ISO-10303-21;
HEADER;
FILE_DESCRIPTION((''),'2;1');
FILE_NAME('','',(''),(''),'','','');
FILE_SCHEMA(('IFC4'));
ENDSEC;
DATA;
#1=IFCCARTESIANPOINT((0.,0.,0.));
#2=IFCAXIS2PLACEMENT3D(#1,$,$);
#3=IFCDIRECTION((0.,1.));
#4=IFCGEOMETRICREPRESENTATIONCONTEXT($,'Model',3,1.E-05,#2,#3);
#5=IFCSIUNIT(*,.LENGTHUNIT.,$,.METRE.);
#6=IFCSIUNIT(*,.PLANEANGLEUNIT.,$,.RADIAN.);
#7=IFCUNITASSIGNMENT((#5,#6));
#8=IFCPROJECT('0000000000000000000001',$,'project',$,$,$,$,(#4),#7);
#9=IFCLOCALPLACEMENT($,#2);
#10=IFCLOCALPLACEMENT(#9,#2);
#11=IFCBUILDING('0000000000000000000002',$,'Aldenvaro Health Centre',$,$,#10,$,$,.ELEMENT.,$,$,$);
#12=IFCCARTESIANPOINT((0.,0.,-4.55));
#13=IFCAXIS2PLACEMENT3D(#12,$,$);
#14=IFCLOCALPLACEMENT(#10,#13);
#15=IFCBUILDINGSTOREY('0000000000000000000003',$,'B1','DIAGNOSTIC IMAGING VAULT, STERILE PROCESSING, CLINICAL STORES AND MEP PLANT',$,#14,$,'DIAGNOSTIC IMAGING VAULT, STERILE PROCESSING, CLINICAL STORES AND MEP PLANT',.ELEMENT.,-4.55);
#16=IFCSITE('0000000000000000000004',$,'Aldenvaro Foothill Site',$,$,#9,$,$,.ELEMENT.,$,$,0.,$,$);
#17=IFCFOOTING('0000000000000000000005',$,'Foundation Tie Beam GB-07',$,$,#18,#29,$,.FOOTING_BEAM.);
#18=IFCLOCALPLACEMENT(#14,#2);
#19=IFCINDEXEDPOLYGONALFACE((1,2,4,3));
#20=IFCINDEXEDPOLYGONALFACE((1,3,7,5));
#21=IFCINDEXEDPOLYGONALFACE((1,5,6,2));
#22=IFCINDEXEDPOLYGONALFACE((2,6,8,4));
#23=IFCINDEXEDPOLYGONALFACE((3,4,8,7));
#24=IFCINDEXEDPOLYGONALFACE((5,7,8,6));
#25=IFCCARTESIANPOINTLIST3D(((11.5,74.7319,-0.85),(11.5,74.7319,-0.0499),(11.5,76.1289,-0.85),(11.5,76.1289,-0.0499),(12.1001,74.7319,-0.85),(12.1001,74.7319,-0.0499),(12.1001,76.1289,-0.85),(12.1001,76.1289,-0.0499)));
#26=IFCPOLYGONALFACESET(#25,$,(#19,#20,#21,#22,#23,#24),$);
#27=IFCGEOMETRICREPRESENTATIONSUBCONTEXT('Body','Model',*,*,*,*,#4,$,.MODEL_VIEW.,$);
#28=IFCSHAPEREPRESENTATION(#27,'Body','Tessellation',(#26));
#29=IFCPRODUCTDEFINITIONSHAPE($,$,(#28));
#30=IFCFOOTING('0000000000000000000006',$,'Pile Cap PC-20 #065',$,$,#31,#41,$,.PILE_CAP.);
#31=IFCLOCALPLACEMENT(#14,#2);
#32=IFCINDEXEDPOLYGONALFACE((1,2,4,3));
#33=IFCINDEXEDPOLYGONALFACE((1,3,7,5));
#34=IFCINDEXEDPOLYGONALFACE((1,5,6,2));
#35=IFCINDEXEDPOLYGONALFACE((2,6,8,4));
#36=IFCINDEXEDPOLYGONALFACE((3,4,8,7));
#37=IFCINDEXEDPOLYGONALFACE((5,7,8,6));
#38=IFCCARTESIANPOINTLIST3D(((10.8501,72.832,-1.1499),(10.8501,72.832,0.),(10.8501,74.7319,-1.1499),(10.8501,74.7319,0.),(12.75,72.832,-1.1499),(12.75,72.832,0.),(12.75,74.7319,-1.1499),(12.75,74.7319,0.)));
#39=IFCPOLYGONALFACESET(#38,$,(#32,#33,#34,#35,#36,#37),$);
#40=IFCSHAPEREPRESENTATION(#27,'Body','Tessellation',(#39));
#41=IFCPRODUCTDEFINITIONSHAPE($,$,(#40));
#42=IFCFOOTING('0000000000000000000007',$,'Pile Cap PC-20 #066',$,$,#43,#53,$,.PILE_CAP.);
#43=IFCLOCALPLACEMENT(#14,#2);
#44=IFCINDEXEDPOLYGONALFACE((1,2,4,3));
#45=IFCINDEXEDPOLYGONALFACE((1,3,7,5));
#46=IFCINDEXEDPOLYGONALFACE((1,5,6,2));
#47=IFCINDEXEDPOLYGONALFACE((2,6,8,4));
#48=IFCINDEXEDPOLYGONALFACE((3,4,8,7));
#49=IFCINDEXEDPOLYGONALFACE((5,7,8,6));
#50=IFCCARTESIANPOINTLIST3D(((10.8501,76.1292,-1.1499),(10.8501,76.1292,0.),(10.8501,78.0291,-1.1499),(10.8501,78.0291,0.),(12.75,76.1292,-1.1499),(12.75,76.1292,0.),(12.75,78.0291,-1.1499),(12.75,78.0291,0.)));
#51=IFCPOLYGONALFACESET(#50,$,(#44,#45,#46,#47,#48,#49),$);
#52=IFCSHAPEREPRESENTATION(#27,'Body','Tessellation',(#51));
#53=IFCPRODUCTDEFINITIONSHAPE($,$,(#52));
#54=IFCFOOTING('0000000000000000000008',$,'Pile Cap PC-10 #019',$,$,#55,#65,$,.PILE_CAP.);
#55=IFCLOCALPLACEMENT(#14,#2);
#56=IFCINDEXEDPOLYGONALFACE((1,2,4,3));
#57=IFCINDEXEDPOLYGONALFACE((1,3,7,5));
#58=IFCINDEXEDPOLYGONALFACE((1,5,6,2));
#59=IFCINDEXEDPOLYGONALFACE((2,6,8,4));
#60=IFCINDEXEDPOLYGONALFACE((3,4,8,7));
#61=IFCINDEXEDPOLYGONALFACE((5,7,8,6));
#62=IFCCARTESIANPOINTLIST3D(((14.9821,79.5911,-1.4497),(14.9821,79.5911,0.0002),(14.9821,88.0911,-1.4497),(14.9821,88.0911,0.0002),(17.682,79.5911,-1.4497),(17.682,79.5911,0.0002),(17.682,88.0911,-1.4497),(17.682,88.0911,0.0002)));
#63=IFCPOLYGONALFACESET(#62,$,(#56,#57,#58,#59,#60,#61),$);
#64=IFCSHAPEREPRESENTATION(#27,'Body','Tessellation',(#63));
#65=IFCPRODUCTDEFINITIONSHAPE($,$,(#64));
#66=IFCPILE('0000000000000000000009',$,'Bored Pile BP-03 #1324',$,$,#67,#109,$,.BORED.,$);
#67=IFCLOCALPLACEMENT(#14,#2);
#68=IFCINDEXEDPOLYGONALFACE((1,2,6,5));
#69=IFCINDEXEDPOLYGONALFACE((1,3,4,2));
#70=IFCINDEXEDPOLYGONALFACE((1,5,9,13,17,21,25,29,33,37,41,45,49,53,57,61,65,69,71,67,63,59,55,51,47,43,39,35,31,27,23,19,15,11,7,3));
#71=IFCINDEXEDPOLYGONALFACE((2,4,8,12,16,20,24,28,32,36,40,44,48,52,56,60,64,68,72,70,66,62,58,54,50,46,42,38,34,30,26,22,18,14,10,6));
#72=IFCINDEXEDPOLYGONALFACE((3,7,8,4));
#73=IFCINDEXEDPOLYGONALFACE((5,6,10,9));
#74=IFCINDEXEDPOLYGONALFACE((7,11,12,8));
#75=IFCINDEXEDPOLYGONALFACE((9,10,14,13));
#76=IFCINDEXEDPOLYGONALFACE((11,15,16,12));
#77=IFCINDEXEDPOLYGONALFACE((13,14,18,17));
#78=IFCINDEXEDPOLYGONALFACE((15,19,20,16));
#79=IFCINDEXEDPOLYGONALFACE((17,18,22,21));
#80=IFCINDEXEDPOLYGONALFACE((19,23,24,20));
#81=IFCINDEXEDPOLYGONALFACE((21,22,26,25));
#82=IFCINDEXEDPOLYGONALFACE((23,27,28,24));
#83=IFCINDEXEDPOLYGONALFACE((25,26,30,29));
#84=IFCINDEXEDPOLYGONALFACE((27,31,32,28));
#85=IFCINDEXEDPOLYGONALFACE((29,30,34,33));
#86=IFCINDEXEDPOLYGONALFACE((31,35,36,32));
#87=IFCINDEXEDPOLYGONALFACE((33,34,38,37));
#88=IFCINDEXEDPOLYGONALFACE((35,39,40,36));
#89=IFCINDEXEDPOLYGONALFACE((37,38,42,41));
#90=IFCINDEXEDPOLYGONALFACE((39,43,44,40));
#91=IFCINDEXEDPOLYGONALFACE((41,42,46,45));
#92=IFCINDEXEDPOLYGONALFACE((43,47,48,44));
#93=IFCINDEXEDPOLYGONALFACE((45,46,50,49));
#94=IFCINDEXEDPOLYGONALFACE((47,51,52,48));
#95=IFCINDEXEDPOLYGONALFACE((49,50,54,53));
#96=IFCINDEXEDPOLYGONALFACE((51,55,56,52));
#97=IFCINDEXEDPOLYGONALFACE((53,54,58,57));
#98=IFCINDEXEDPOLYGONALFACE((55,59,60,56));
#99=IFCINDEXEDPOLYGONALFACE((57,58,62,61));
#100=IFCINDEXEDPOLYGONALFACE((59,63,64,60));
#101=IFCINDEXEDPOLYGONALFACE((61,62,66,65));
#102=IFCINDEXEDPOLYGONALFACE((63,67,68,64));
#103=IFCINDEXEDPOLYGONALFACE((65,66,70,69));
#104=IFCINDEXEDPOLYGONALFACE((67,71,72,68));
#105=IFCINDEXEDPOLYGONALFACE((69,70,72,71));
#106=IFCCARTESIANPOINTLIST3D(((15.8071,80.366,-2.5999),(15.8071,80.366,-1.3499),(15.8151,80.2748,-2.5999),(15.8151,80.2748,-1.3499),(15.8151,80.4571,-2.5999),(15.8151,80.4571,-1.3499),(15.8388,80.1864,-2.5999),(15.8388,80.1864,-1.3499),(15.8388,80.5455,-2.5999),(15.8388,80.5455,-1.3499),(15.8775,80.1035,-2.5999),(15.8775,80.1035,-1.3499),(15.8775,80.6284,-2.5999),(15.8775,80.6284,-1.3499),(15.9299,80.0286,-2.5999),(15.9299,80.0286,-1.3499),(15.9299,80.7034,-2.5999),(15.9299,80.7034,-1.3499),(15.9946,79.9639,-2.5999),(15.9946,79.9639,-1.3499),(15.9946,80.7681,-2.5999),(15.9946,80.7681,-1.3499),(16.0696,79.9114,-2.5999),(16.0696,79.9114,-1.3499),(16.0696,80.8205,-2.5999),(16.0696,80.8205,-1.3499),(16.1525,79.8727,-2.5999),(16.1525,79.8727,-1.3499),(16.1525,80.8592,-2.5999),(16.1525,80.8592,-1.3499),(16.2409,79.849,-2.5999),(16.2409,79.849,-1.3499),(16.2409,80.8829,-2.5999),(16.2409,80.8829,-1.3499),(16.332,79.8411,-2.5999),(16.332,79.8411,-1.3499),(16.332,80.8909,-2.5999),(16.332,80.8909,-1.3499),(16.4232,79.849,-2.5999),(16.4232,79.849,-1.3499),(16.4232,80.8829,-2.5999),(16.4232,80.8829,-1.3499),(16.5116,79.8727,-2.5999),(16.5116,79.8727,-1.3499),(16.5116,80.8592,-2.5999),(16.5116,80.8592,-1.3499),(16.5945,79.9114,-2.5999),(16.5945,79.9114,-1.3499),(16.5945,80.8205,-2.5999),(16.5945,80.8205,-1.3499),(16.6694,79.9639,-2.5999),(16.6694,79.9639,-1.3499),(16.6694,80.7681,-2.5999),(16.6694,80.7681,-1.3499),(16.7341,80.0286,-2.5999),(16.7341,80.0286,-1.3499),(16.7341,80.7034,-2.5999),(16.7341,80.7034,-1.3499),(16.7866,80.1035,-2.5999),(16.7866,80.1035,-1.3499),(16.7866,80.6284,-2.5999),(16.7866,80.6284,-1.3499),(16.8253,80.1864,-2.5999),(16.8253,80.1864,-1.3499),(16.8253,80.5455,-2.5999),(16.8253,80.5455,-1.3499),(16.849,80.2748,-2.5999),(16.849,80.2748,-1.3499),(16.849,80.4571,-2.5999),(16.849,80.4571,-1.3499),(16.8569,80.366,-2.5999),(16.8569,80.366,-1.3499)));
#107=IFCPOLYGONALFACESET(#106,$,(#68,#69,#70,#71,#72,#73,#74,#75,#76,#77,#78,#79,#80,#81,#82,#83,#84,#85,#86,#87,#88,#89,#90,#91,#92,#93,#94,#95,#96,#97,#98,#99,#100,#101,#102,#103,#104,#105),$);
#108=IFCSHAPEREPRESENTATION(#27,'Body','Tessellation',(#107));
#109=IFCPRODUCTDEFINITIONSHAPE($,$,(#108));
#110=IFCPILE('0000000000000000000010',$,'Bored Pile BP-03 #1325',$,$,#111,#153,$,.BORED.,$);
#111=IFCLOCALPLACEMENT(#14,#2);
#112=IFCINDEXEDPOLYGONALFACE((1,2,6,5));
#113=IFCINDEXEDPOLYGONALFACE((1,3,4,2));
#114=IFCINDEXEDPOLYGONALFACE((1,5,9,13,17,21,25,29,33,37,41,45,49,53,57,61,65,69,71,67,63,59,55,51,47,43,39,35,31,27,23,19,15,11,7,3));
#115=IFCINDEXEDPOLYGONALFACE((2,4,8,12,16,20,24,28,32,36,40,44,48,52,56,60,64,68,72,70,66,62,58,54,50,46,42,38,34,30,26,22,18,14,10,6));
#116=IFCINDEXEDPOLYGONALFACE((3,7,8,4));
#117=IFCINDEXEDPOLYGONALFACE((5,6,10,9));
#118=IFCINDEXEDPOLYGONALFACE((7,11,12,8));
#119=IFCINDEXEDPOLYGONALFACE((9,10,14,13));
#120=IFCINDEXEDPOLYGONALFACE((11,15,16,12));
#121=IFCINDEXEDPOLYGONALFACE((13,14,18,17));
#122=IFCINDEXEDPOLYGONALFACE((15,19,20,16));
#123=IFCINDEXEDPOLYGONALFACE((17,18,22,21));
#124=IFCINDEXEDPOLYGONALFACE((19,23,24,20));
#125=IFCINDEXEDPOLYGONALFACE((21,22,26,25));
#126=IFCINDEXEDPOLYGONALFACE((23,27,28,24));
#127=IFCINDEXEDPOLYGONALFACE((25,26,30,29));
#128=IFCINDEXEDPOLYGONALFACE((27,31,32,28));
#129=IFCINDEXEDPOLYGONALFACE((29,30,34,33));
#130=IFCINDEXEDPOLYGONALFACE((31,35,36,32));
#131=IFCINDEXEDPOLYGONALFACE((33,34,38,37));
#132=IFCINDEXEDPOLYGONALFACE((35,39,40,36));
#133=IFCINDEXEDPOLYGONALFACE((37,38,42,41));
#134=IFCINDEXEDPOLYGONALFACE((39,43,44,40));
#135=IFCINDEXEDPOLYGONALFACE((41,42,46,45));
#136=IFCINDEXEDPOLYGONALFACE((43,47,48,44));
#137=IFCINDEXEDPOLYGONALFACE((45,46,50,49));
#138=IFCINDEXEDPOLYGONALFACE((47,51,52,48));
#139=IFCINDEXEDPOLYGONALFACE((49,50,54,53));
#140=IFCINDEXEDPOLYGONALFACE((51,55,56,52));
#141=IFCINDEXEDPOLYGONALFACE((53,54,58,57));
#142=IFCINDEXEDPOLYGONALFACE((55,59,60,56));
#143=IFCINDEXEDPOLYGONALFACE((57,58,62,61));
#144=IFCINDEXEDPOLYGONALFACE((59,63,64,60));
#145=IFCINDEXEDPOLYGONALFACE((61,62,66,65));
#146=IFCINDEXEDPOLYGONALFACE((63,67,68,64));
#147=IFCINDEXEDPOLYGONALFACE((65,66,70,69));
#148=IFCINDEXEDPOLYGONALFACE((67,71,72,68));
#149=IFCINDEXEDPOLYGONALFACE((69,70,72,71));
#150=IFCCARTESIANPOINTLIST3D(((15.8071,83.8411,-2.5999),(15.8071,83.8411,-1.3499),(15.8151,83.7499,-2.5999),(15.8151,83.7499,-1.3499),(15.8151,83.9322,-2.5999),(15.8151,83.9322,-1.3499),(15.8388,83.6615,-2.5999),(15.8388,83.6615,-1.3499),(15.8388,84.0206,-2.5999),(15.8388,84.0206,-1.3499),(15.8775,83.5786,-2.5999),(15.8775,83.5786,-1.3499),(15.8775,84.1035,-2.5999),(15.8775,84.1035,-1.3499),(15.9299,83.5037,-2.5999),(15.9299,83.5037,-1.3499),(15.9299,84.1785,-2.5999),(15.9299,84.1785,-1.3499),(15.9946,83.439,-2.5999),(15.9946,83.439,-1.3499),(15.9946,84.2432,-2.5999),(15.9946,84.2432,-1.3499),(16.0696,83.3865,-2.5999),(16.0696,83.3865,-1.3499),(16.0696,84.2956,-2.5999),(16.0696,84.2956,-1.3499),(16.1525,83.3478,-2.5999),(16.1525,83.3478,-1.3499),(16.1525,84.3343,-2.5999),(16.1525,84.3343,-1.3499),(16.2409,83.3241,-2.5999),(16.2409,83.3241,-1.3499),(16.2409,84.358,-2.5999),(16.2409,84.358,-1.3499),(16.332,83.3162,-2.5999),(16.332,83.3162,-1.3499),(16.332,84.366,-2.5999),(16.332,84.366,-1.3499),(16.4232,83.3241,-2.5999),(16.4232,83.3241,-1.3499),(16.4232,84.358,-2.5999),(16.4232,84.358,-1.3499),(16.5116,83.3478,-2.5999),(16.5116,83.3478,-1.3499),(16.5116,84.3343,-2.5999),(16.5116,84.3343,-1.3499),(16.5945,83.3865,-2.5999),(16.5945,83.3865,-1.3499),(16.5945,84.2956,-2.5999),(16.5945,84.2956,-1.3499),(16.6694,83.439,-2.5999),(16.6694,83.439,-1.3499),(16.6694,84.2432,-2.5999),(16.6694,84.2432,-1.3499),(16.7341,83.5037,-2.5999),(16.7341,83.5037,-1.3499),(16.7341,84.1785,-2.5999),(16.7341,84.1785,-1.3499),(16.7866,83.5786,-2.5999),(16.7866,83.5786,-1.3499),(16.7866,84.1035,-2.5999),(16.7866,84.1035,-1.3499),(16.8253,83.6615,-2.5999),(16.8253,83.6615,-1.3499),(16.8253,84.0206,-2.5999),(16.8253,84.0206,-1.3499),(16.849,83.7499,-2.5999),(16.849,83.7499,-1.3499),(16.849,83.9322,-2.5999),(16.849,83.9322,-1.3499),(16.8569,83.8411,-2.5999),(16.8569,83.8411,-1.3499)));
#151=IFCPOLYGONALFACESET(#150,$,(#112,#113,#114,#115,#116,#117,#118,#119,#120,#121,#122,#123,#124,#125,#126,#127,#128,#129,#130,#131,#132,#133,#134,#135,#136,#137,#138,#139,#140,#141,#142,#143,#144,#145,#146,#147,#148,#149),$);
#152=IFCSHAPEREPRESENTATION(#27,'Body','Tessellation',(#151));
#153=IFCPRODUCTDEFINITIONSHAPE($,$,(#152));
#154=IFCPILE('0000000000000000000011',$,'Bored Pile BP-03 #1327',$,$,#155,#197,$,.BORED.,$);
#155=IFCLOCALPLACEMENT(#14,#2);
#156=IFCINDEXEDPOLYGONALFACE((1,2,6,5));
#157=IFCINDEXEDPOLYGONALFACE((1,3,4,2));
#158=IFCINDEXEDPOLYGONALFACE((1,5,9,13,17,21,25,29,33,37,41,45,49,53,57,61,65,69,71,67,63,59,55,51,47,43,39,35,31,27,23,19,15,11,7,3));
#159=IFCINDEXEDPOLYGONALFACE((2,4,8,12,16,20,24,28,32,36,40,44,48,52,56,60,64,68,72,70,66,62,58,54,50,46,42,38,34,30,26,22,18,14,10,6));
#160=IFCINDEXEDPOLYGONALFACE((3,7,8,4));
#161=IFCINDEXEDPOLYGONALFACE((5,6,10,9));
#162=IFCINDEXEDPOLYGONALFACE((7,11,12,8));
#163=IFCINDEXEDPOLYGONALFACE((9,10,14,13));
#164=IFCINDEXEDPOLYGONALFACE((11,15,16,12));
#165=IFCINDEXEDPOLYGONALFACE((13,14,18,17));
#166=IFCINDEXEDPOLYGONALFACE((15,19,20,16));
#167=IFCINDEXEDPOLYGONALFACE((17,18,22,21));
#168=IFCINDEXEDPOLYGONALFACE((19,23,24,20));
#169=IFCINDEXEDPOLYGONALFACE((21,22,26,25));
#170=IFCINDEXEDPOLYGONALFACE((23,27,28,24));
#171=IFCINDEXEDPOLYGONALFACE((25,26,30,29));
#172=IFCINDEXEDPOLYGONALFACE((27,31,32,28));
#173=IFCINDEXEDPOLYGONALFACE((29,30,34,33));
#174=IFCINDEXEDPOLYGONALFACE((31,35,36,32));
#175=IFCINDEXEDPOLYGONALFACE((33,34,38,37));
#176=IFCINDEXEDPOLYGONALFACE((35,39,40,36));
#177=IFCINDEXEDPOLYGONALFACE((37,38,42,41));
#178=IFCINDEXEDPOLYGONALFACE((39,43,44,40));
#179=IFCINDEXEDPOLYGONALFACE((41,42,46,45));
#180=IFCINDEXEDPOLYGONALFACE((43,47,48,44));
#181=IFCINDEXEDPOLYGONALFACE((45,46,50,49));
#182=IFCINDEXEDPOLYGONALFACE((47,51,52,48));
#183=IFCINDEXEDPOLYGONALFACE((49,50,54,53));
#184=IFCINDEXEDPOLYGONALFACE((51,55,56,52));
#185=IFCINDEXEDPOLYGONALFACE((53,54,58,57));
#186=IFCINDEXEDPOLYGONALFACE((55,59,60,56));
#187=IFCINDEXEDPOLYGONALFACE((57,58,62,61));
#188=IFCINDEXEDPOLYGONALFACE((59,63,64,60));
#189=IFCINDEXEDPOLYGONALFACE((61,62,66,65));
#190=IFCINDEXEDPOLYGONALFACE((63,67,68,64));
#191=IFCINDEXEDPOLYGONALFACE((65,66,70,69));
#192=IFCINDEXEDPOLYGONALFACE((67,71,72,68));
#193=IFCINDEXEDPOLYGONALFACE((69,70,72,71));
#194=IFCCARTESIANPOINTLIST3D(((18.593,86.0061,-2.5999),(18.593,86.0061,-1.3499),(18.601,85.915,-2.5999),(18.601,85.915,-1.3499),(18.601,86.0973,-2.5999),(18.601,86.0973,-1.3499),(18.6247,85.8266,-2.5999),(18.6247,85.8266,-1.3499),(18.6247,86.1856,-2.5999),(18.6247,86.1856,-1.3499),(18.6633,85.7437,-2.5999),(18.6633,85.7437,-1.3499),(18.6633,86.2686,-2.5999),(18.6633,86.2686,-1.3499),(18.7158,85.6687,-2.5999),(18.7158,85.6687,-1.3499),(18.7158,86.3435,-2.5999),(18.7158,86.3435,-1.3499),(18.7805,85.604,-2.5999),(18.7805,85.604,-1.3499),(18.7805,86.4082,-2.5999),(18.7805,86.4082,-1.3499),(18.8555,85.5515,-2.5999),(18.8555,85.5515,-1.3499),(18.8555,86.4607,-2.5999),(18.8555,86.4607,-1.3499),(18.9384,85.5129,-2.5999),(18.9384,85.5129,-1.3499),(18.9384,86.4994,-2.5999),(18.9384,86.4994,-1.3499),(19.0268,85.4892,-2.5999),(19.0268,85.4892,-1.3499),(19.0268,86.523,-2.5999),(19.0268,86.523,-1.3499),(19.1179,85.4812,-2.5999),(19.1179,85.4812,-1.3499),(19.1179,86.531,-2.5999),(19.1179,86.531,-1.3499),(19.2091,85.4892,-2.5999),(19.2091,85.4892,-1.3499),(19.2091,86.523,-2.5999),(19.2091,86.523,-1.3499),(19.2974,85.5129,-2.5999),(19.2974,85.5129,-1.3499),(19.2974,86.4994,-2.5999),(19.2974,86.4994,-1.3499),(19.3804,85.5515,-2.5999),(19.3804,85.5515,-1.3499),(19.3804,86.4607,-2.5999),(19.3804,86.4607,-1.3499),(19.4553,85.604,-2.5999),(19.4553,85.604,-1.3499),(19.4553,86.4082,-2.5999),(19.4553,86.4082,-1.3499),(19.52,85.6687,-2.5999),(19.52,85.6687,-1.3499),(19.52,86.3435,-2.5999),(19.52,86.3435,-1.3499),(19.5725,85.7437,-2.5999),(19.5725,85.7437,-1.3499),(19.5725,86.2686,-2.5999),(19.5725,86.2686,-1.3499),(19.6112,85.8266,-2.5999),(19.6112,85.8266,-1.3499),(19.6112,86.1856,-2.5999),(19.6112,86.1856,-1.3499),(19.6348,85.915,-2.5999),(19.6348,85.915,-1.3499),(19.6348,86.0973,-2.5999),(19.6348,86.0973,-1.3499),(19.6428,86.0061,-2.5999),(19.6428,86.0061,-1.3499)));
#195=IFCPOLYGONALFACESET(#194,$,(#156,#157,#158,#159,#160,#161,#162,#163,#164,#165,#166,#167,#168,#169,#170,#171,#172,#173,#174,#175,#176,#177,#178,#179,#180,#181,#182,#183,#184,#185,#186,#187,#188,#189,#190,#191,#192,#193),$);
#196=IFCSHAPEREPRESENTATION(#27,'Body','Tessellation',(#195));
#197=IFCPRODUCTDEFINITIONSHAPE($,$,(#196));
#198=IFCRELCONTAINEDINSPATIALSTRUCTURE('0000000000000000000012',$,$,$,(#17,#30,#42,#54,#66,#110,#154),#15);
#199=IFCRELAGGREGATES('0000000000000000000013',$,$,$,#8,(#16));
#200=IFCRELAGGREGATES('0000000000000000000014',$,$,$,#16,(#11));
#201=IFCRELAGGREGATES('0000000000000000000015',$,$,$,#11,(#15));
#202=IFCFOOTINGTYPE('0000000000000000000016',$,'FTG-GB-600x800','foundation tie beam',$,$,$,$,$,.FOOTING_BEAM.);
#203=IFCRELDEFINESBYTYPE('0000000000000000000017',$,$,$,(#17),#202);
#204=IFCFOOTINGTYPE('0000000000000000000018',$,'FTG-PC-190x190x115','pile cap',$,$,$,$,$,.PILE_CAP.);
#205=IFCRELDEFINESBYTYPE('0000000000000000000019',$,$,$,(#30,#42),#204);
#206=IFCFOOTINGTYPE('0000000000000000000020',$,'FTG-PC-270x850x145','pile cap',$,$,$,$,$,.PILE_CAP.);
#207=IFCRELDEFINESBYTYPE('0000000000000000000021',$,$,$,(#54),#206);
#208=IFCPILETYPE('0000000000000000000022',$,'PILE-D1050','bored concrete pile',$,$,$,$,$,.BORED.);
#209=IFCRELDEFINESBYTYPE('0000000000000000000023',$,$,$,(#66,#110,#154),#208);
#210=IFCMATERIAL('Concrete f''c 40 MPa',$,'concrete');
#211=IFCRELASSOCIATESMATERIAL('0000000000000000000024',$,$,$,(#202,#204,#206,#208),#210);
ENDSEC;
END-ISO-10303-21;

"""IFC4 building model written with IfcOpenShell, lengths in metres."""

from ifc_helpers import new_model, si_unit, direction, frame, origin, origin_2d, place, context, subcontext, project, spatial, rectangle, circle, extrude, material, material_profile, profile_set, type_object, element, save


model = new_model("IFC4")

# Units and contexts
model_context = context("Model", 3, precision=1e-05, world=origin(), true_north=direction((0.0, 1.0)))
body_context = subcontext(model_context, "Body", "Model", "MODEL_VIEW")
ifc_project = project(units=[si_unit("LENGTHUNIT", "METRE"), si_unit("PLANEANGLEUNIT", "RADIAN")], contexts=[model_context])

# Site, building, storey
site_placement = place(None, origin())
site = spatial("IfcSite", under=ifc_project, at=site_placement, Name="Aldenvaro Foothill Site", CompositionType="ELEMENT", RefElevation=0.0)
building_placement = place(site_placement, origin())
building = spatial("IfcBuilding", under=site, at=building_placement, Name="Aldenvaro Health Centre", CompositionType="ELEMENT")
storey_placement = place(building_placement, frame((0.0, 0.0, -4.55)))
storey = spatial("IfcBuildingStorey", under=building, at=storey_placement, Name="B1", Description="DIAGNOSTIC IMAGING VAULT, STERILE PROCESSING, CLINICAL STORES AND MEP PLANT", LongName="DIAGNOSTIC IMAGING VAULT, STERILE PROCESSING, CLINICAL STORES AND MEP PLANT", CompositionType="ELEMENT", Elevation=-4.55)

# Footings
ifc_material = material(Name="Concrete f'c 40 MPa", Category="concrete")
ifc_material_profile_1 = material_profile(ifc_material, rectangle(XDim=0.6001, YDim=0.8, at=origin_2d()), Name="GB 600x800", Category="concrete")
ifc_profile_set_1 = profile_set([ifc_material_profile_1], Name="Concrete f'c 40 MPa")
footing_type_1 = type_object("IfcFootingType", Name="FTG-GB-600x800", Description="foundation tie beam", PredefinedType="FOOTING_BEAM", material=ifc_profile_set_1)
footing_1_placement = place(storey_placement, frame((11.8, 74.7319, -0.45), z_axis=(0.0, 1.0, 0.0), x_axis=(-1.0, 0.0, 0.0)))
element("IfcFooting", 1, at=footing_1_placement, inside=storey, type_object=footing_type_1, Name="Foundation Tie Beam GB-07", PredefinedType="FOOTING_BEAM", context=body_context, shape_type="SweptSolid", body=[
    extrude(rectangle(XDim=0.6001, YDim=0.8, at=origin_2d()), origin(), (0.0, 0.0, 1.0), 1.397),
])
footing_type_2 = type_object("IfcFootingType", Name="FTG-PC-190x190x115", Description="pile cap", PredefinedType="PILE_CAP", material=ifc_material)
for number, where, z_axis, x_axis, name in (
    (2, (11.8, 73.782, -1.1499), (0.0, 0.0, 1.0), (1.0, 0.0, 0.0), "Pile Cap PC-20 #065"),
    (3, (11.8, 77.0791, -1.1499), (0.0, 0.0, 1.0), (1.0, 0.0, 0.0), "Pile Cap PC-20 #066"),
):
    element("IfcFooting", number, at=place(storey_placement, frame(where, z_axis=z_axis, x_axis=x_axis)), inside=storey, type_object=footing_type_2, Name=name, PredefinedType="PILE_CAP", context=body_context, shape_type="SweptSolid", body=[
        extrude(rectangle(XDim=1.8999, YDim=1.8999, at=origin_2d()), origin(), (0.0, 0.0, 1.0), 1.1499),
    ])
footing_type_3 = type_object("IfcFootingType", Name="FTG-PC-270x850x145", Description="pile cap", PredefinedType="PILE_CAP", material=ifc_material)
footing_2_placement = place(storey_placement, frame((16.332, 83.8411, -1.4497), z_axis=(0.0, 0.0, 1.0), x_axis=(1.0, 0.0, 0.0)))
element("IfcFooting", 4, at=footing_2_placement, inside=storey, type_object=footing_type_3, Name="Pile Cap PC-10 #019", PredefinedType="PILE_CAP", context=body_context, shape_type="SweptSolid", body=[
    extrude(rectangle(XDim=2.7, YDim=8.5, at=origin_2d()), origin(), (0.0, 0.0, 1.0), 1.45),
])

# Piles
ifc_material_profile_2 = material_profile(ifc_material, circle(Radius=0.5249, at=origin_2d()), Name="PILE D1050", Category="concrete")
ifc_profile_set_2 = profile_set([ifc_material_profile_2], Name="Concrete f'c 40 MPa")
pile_type_1 = type_object("IfcPileType", Name="PILE-D1050", Description="bored concrete pile", PredefinedType="BORED", material=ifc_profile_set_2)
for number, where, z_axis, x_axis, name in (
    (5, (16.332, 80.366, -1.3499), (0.0, 0.0, -1.0), (1.0, 0.0, 0.0), "Bored Pile BP-03 #1324"),
    (6, (16.332, 83.8411, -1.3499), (0.0, 0.0, -1.0), (1.0, 0.0, 0.0), "Bored Pile BP-03 #1325"),
    (7, (19.1179, 86.0061, -1.3499), (0.0, 0.0, -1.0), (1.0, 0.0, 0.0), "Bored Pile BP-03 #1327"),
):
    element("IfcPile", number, at=place(storey_placement, frame(where, z_axis=z_axis, x_axis=x_axis)), inside=storey, type_object=pile_type_1, Name=name, PredefinedType="BORED", context=body_context, shape_type="SweptSolid", body=[
        extrude(circle(Radius=0.5249, at=origin_2d()), origin(), (0.0, 0.0, 1.0), 1.25),
    ])

save(model, "model.ifc")
